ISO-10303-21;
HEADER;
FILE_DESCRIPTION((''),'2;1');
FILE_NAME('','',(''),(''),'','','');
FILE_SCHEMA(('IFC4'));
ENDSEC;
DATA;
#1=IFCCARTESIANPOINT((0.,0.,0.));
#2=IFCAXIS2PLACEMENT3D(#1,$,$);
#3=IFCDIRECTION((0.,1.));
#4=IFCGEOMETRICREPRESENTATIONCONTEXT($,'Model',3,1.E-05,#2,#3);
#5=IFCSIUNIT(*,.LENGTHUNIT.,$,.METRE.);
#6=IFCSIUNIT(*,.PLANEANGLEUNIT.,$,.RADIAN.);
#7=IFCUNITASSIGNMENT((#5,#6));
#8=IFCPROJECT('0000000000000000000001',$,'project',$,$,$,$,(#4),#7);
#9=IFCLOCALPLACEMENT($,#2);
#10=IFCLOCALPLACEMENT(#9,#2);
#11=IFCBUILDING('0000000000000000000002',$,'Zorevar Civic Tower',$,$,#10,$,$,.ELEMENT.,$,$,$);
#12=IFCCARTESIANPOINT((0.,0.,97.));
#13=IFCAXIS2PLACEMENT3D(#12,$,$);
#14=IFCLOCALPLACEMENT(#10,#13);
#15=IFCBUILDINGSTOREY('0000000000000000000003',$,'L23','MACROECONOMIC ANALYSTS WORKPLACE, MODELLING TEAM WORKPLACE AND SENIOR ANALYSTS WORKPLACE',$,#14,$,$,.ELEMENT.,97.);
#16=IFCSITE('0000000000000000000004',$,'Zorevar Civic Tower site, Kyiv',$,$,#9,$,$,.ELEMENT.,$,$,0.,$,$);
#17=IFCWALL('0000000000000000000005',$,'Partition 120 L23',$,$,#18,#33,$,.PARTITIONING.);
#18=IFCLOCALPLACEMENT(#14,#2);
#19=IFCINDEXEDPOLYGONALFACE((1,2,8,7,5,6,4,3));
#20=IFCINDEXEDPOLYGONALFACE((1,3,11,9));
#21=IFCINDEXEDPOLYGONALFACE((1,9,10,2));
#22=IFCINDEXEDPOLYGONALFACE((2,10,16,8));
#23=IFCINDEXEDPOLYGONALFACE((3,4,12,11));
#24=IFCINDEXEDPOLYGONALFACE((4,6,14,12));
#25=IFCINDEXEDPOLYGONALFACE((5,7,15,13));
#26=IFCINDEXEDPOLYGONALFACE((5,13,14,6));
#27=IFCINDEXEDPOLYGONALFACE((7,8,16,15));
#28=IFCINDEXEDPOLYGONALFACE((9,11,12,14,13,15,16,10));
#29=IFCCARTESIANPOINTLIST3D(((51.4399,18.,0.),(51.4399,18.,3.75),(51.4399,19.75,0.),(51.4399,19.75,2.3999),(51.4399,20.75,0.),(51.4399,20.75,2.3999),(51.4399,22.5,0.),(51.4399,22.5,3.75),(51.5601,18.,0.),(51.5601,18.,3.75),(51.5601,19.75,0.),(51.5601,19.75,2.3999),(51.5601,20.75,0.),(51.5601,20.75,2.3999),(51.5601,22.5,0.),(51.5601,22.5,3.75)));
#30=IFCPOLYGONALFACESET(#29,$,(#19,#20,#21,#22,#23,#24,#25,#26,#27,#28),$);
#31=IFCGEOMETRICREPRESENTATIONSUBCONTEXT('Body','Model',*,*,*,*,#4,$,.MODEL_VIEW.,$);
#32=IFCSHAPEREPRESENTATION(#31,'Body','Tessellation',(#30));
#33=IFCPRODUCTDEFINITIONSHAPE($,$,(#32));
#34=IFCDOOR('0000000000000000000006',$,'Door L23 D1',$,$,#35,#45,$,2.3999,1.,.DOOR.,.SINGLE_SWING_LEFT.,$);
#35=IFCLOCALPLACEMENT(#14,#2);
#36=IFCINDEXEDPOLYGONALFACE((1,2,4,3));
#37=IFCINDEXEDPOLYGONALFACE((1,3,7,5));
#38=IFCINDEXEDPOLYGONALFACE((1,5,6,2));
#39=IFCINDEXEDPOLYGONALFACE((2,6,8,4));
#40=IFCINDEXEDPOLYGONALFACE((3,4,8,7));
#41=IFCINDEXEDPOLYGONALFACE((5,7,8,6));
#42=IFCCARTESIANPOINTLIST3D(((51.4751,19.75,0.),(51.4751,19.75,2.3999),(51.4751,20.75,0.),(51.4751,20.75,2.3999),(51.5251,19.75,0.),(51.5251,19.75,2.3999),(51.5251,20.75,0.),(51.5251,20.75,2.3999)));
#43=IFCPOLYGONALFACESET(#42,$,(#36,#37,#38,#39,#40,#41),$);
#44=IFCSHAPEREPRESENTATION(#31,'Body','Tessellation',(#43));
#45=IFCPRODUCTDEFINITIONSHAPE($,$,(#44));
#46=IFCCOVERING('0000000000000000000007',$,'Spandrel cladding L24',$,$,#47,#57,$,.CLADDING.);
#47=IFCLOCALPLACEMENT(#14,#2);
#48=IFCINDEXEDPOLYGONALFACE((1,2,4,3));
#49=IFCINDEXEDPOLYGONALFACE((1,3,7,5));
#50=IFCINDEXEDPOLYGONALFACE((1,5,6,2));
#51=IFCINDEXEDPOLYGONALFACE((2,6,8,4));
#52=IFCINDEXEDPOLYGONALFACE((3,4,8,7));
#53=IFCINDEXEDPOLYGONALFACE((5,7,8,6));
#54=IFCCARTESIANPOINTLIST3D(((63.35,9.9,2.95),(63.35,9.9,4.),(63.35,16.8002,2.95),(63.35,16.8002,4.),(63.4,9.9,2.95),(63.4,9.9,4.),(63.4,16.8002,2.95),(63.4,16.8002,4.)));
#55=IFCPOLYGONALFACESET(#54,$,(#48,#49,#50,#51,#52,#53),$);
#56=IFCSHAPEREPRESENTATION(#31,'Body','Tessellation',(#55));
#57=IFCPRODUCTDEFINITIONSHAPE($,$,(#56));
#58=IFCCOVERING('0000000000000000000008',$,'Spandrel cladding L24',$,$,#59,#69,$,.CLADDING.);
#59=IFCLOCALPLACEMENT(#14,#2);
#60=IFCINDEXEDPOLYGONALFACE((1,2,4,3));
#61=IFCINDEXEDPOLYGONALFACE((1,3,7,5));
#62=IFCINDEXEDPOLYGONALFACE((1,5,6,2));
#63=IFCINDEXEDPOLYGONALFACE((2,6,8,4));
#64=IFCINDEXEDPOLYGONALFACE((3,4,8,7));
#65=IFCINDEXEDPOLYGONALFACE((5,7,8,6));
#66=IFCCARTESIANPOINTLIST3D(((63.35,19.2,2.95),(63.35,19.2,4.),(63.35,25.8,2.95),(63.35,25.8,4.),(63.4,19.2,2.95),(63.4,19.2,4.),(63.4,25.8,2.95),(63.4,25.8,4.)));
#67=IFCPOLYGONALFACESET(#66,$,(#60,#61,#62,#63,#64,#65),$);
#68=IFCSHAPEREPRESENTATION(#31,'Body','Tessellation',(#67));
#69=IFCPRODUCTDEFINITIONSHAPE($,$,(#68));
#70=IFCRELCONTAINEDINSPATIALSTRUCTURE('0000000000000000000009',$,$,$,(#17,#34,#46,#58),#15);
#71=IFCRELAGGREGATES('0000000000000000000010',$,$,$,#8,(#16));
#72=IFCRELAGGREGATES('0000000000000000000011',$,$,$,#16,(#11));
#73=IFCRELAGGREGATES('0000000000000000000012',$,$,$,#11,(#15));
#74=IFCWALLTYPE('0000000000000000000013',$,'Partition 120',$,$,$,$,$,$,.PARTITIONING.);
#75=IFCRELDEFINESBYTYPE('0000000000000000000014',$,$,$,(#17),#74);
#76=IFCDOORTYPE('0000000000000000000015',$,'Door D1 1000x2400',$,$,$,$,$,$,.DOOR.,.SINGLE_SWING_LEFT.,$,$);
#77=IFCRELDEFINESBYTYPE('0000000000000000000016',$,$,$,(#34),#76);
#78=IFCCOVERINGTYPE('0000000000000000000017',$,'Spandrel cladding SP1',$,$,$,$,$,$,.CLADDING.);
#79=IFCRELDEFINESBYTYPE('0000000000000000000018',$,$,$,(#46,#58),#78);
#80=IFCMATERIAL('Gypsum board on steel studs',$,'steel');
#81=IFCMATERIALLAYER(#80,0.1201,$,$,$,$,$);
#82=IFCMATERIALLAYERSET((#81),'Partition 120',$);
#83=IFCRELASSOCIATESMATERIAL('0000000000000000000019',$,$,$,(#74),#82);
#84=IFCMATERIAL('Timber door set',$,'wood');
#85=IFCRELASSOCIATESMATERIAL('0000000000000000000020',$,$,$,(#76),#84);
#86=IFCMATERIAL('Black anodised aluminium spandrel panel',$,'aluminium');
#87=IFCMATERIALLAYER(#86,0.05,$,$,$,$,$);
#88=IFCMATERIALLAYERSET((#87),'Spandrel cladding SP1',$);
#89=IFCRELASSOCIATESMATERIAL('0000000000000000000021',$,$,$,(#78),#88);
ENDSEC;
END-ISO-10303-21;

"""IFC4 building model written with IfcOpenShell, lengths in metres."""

from ifc_helpers import new_model, si_unit, direction, frame, frame_2d, origin, place, context, subcontext, project, spatial, rectangle, extrude, material, layer, layer_set, type_object, element, fill, save


model = new_model("IFC4")

# Units and contexts
model_context = context("Model", 3, precision=1e-05, world=origin(), true_north=direction((0.0, 1.0)))
body_context = subcontext(model_context, "Body", "Model", "MODEL_VIEW")
ifc_project = project(units=[si_unit("LENGTHUNIT", "METRE"), si_unit("PLANEANGLEUNIT", "RADIAN")], contexts=[model_context])

# Site, building, storey
site_placement = place(None, origin())
site = spatial("IfcSite", under=ifc_project, at=site_placement, Name="Zorevar Civic Tower site, Kyiv", CompositionType="ELEMENT", RefElevation=0.0)
building_placement = place(site_placement, origin())
building = spatial("IfcBuilding", under=site, at=building_placement, Name="Zorevar Civic Tower", CompositionType="ELEMENT")
storey_placement = place(building_placement, frame((0.0, 0.0, 97.0)))
storey = spatial("IfcBuildingStorey", under=building, at=storey_placement, Name="L23", Description="MACROECONOMIC ANALYSTS WORKPLACE, MODELLING TEAM WORKPLACE AND SENIOR ANALYSTS WORKPLACE", CompositionType="ELEMENT", Elevation=97.0)

# Shared definitions
ifc_material_1 = material(Name="Gypsum board on steel studs", Category="steel")
ifc_layer_1 = layer(ifc_material_1, 0.1201)
ifc_layer_set_1 = layer_set([ifc_layer_1], Name="Partition 120")
wall_type_1 = type_object("IfcWallType", Name="Partition 120", PredefinedType="PARTITIONING", material=ifc_layer_set_1)

# Wall, opening, door
wall_1_placement = place(storey_placement, frame((51.5, 18.0, 0.0), z_axis=(0.0, 0.0, 1.0), x_axis=(0.0, 1.0, 0.0)))
wall_1 = element("IfcWall", 1, at=wall_1_placement, inside=storey, type_object=wall_type_1, Name="Partition 120 L23", PredefinedType="PARTITIONING", context=body_context, shape_type="SweptSolid", body=[
    extrude(rectangle(XDim=4.5, YDim=0.1201, at=frame_2d((2.25, 0.0))), origin(), (0.0, 0.0, 1.0), 3.75),
])
opening_placement = place(wall_1_placement, frame((1.75, 0.0, 0.0)))
opening = element("IfcOpeningElement", 2, at=opening_placement, cuts=wall_1, PredefinedType="OPENING", context=body_context, shape_type="SweptSolid", body=[
    extrude(rectangle(XDim=1.0, YDim=2.3999, at=frame_2d((0.5, 1.2))), frame((0.0, 0.0701, 0.0), z_axis=(0.0, -1.0, 0.0), x_axis=(1.0, 0.0, 0.0)), (0.0, 0.0, 1.0), 0.1401),
])
ifc_material_2 = material(Name="Timber door set", Category="wood")
door_type = type_object("IfcDoorType", Name="Door D1 1000x2400", OperationType="SINGLE_SWING_LEFT", PredefinedType="DOOR", material=ifc_material_2)
door_placement = place(opening_placement, origin())
door = element("IfcDoor", 3, at=door_placement, inside=storey, type_object=door_type, Name="Door L23 D1", OperationType="SINGLE_SWING_LEFT", OverallHeight=2.3999, OverallWidth=1.0, PredefinedType="DOOR", context=body_context, shape_type="SweptSolid", body=[
    extrude(rectangle(XDim=1.0, YDim=2.3999, at=frame_2d((0.5, 1.2))), frame((0.0, 0.0249, 0.0), z_axis=(0.0, -1.0, 0.0), x_axis=(1.0, 0.0, 0.0)), (0.0, 0.0, 1.0), 0.05),
])
fill(opening, door)

# Coverings
ifc_material_3 = material(Name="Black anodised aluminium spandrel panel", Category="aluminium")
ifc_layer_2 = layer(ifc_material_3, 0.05)
ifc_layer_set_2 = layer_set([ifc_layer_2], Name="Spandrel cladding SP1")
covering_type = type_object("IfcCoveringType", Name="Spandrel cladding SP1", PredefinedType="CLADDING", material=ifc_layer_set_2)
covering_1_placement = place(storey_placement, frame((63.375, 9.8999, 2.95), z_axis=(0.0, 0.0, 1.0), x_axis=(0.0, 1.0, 0.0)))
element("IfcCovering", 4, at=covering_1_placement, inside=storey, type_object=covering_type, Name="Spandrel cladding L24", PredefinedType="CLADDING", context=body_context, shape_type="SweptSolid", body=[
    extrude(rectangle(XDim=6.9001, YDim=0.05, at=frame_2d((3.4502, 0.0))), origin(), (0.0, 0.0, 1.0), 1.05),
])
covering_2_placement = place(storey_placement, frame((63.375, 19.2, 2.95), z_axis=(0.0, 0.0, 1.0), x_axis=(0.0, 1.0, 0.0)))
element("IfcCovering", 5, at=covering_2_placement, inside=storey, type_object=covering_type, Name="Spandrel cladding L24", PredefinedType="CLADDING", context=body_context, shape_type="SweptSolid", body=[
    extrude(rectangle(XDim=6.6001, YDim=0.05, at=frame_2d((3.3, 0.0))), origin(), (0.0, 0.0, 1.0), 1.05),
])

save(model, "model.ifc")
